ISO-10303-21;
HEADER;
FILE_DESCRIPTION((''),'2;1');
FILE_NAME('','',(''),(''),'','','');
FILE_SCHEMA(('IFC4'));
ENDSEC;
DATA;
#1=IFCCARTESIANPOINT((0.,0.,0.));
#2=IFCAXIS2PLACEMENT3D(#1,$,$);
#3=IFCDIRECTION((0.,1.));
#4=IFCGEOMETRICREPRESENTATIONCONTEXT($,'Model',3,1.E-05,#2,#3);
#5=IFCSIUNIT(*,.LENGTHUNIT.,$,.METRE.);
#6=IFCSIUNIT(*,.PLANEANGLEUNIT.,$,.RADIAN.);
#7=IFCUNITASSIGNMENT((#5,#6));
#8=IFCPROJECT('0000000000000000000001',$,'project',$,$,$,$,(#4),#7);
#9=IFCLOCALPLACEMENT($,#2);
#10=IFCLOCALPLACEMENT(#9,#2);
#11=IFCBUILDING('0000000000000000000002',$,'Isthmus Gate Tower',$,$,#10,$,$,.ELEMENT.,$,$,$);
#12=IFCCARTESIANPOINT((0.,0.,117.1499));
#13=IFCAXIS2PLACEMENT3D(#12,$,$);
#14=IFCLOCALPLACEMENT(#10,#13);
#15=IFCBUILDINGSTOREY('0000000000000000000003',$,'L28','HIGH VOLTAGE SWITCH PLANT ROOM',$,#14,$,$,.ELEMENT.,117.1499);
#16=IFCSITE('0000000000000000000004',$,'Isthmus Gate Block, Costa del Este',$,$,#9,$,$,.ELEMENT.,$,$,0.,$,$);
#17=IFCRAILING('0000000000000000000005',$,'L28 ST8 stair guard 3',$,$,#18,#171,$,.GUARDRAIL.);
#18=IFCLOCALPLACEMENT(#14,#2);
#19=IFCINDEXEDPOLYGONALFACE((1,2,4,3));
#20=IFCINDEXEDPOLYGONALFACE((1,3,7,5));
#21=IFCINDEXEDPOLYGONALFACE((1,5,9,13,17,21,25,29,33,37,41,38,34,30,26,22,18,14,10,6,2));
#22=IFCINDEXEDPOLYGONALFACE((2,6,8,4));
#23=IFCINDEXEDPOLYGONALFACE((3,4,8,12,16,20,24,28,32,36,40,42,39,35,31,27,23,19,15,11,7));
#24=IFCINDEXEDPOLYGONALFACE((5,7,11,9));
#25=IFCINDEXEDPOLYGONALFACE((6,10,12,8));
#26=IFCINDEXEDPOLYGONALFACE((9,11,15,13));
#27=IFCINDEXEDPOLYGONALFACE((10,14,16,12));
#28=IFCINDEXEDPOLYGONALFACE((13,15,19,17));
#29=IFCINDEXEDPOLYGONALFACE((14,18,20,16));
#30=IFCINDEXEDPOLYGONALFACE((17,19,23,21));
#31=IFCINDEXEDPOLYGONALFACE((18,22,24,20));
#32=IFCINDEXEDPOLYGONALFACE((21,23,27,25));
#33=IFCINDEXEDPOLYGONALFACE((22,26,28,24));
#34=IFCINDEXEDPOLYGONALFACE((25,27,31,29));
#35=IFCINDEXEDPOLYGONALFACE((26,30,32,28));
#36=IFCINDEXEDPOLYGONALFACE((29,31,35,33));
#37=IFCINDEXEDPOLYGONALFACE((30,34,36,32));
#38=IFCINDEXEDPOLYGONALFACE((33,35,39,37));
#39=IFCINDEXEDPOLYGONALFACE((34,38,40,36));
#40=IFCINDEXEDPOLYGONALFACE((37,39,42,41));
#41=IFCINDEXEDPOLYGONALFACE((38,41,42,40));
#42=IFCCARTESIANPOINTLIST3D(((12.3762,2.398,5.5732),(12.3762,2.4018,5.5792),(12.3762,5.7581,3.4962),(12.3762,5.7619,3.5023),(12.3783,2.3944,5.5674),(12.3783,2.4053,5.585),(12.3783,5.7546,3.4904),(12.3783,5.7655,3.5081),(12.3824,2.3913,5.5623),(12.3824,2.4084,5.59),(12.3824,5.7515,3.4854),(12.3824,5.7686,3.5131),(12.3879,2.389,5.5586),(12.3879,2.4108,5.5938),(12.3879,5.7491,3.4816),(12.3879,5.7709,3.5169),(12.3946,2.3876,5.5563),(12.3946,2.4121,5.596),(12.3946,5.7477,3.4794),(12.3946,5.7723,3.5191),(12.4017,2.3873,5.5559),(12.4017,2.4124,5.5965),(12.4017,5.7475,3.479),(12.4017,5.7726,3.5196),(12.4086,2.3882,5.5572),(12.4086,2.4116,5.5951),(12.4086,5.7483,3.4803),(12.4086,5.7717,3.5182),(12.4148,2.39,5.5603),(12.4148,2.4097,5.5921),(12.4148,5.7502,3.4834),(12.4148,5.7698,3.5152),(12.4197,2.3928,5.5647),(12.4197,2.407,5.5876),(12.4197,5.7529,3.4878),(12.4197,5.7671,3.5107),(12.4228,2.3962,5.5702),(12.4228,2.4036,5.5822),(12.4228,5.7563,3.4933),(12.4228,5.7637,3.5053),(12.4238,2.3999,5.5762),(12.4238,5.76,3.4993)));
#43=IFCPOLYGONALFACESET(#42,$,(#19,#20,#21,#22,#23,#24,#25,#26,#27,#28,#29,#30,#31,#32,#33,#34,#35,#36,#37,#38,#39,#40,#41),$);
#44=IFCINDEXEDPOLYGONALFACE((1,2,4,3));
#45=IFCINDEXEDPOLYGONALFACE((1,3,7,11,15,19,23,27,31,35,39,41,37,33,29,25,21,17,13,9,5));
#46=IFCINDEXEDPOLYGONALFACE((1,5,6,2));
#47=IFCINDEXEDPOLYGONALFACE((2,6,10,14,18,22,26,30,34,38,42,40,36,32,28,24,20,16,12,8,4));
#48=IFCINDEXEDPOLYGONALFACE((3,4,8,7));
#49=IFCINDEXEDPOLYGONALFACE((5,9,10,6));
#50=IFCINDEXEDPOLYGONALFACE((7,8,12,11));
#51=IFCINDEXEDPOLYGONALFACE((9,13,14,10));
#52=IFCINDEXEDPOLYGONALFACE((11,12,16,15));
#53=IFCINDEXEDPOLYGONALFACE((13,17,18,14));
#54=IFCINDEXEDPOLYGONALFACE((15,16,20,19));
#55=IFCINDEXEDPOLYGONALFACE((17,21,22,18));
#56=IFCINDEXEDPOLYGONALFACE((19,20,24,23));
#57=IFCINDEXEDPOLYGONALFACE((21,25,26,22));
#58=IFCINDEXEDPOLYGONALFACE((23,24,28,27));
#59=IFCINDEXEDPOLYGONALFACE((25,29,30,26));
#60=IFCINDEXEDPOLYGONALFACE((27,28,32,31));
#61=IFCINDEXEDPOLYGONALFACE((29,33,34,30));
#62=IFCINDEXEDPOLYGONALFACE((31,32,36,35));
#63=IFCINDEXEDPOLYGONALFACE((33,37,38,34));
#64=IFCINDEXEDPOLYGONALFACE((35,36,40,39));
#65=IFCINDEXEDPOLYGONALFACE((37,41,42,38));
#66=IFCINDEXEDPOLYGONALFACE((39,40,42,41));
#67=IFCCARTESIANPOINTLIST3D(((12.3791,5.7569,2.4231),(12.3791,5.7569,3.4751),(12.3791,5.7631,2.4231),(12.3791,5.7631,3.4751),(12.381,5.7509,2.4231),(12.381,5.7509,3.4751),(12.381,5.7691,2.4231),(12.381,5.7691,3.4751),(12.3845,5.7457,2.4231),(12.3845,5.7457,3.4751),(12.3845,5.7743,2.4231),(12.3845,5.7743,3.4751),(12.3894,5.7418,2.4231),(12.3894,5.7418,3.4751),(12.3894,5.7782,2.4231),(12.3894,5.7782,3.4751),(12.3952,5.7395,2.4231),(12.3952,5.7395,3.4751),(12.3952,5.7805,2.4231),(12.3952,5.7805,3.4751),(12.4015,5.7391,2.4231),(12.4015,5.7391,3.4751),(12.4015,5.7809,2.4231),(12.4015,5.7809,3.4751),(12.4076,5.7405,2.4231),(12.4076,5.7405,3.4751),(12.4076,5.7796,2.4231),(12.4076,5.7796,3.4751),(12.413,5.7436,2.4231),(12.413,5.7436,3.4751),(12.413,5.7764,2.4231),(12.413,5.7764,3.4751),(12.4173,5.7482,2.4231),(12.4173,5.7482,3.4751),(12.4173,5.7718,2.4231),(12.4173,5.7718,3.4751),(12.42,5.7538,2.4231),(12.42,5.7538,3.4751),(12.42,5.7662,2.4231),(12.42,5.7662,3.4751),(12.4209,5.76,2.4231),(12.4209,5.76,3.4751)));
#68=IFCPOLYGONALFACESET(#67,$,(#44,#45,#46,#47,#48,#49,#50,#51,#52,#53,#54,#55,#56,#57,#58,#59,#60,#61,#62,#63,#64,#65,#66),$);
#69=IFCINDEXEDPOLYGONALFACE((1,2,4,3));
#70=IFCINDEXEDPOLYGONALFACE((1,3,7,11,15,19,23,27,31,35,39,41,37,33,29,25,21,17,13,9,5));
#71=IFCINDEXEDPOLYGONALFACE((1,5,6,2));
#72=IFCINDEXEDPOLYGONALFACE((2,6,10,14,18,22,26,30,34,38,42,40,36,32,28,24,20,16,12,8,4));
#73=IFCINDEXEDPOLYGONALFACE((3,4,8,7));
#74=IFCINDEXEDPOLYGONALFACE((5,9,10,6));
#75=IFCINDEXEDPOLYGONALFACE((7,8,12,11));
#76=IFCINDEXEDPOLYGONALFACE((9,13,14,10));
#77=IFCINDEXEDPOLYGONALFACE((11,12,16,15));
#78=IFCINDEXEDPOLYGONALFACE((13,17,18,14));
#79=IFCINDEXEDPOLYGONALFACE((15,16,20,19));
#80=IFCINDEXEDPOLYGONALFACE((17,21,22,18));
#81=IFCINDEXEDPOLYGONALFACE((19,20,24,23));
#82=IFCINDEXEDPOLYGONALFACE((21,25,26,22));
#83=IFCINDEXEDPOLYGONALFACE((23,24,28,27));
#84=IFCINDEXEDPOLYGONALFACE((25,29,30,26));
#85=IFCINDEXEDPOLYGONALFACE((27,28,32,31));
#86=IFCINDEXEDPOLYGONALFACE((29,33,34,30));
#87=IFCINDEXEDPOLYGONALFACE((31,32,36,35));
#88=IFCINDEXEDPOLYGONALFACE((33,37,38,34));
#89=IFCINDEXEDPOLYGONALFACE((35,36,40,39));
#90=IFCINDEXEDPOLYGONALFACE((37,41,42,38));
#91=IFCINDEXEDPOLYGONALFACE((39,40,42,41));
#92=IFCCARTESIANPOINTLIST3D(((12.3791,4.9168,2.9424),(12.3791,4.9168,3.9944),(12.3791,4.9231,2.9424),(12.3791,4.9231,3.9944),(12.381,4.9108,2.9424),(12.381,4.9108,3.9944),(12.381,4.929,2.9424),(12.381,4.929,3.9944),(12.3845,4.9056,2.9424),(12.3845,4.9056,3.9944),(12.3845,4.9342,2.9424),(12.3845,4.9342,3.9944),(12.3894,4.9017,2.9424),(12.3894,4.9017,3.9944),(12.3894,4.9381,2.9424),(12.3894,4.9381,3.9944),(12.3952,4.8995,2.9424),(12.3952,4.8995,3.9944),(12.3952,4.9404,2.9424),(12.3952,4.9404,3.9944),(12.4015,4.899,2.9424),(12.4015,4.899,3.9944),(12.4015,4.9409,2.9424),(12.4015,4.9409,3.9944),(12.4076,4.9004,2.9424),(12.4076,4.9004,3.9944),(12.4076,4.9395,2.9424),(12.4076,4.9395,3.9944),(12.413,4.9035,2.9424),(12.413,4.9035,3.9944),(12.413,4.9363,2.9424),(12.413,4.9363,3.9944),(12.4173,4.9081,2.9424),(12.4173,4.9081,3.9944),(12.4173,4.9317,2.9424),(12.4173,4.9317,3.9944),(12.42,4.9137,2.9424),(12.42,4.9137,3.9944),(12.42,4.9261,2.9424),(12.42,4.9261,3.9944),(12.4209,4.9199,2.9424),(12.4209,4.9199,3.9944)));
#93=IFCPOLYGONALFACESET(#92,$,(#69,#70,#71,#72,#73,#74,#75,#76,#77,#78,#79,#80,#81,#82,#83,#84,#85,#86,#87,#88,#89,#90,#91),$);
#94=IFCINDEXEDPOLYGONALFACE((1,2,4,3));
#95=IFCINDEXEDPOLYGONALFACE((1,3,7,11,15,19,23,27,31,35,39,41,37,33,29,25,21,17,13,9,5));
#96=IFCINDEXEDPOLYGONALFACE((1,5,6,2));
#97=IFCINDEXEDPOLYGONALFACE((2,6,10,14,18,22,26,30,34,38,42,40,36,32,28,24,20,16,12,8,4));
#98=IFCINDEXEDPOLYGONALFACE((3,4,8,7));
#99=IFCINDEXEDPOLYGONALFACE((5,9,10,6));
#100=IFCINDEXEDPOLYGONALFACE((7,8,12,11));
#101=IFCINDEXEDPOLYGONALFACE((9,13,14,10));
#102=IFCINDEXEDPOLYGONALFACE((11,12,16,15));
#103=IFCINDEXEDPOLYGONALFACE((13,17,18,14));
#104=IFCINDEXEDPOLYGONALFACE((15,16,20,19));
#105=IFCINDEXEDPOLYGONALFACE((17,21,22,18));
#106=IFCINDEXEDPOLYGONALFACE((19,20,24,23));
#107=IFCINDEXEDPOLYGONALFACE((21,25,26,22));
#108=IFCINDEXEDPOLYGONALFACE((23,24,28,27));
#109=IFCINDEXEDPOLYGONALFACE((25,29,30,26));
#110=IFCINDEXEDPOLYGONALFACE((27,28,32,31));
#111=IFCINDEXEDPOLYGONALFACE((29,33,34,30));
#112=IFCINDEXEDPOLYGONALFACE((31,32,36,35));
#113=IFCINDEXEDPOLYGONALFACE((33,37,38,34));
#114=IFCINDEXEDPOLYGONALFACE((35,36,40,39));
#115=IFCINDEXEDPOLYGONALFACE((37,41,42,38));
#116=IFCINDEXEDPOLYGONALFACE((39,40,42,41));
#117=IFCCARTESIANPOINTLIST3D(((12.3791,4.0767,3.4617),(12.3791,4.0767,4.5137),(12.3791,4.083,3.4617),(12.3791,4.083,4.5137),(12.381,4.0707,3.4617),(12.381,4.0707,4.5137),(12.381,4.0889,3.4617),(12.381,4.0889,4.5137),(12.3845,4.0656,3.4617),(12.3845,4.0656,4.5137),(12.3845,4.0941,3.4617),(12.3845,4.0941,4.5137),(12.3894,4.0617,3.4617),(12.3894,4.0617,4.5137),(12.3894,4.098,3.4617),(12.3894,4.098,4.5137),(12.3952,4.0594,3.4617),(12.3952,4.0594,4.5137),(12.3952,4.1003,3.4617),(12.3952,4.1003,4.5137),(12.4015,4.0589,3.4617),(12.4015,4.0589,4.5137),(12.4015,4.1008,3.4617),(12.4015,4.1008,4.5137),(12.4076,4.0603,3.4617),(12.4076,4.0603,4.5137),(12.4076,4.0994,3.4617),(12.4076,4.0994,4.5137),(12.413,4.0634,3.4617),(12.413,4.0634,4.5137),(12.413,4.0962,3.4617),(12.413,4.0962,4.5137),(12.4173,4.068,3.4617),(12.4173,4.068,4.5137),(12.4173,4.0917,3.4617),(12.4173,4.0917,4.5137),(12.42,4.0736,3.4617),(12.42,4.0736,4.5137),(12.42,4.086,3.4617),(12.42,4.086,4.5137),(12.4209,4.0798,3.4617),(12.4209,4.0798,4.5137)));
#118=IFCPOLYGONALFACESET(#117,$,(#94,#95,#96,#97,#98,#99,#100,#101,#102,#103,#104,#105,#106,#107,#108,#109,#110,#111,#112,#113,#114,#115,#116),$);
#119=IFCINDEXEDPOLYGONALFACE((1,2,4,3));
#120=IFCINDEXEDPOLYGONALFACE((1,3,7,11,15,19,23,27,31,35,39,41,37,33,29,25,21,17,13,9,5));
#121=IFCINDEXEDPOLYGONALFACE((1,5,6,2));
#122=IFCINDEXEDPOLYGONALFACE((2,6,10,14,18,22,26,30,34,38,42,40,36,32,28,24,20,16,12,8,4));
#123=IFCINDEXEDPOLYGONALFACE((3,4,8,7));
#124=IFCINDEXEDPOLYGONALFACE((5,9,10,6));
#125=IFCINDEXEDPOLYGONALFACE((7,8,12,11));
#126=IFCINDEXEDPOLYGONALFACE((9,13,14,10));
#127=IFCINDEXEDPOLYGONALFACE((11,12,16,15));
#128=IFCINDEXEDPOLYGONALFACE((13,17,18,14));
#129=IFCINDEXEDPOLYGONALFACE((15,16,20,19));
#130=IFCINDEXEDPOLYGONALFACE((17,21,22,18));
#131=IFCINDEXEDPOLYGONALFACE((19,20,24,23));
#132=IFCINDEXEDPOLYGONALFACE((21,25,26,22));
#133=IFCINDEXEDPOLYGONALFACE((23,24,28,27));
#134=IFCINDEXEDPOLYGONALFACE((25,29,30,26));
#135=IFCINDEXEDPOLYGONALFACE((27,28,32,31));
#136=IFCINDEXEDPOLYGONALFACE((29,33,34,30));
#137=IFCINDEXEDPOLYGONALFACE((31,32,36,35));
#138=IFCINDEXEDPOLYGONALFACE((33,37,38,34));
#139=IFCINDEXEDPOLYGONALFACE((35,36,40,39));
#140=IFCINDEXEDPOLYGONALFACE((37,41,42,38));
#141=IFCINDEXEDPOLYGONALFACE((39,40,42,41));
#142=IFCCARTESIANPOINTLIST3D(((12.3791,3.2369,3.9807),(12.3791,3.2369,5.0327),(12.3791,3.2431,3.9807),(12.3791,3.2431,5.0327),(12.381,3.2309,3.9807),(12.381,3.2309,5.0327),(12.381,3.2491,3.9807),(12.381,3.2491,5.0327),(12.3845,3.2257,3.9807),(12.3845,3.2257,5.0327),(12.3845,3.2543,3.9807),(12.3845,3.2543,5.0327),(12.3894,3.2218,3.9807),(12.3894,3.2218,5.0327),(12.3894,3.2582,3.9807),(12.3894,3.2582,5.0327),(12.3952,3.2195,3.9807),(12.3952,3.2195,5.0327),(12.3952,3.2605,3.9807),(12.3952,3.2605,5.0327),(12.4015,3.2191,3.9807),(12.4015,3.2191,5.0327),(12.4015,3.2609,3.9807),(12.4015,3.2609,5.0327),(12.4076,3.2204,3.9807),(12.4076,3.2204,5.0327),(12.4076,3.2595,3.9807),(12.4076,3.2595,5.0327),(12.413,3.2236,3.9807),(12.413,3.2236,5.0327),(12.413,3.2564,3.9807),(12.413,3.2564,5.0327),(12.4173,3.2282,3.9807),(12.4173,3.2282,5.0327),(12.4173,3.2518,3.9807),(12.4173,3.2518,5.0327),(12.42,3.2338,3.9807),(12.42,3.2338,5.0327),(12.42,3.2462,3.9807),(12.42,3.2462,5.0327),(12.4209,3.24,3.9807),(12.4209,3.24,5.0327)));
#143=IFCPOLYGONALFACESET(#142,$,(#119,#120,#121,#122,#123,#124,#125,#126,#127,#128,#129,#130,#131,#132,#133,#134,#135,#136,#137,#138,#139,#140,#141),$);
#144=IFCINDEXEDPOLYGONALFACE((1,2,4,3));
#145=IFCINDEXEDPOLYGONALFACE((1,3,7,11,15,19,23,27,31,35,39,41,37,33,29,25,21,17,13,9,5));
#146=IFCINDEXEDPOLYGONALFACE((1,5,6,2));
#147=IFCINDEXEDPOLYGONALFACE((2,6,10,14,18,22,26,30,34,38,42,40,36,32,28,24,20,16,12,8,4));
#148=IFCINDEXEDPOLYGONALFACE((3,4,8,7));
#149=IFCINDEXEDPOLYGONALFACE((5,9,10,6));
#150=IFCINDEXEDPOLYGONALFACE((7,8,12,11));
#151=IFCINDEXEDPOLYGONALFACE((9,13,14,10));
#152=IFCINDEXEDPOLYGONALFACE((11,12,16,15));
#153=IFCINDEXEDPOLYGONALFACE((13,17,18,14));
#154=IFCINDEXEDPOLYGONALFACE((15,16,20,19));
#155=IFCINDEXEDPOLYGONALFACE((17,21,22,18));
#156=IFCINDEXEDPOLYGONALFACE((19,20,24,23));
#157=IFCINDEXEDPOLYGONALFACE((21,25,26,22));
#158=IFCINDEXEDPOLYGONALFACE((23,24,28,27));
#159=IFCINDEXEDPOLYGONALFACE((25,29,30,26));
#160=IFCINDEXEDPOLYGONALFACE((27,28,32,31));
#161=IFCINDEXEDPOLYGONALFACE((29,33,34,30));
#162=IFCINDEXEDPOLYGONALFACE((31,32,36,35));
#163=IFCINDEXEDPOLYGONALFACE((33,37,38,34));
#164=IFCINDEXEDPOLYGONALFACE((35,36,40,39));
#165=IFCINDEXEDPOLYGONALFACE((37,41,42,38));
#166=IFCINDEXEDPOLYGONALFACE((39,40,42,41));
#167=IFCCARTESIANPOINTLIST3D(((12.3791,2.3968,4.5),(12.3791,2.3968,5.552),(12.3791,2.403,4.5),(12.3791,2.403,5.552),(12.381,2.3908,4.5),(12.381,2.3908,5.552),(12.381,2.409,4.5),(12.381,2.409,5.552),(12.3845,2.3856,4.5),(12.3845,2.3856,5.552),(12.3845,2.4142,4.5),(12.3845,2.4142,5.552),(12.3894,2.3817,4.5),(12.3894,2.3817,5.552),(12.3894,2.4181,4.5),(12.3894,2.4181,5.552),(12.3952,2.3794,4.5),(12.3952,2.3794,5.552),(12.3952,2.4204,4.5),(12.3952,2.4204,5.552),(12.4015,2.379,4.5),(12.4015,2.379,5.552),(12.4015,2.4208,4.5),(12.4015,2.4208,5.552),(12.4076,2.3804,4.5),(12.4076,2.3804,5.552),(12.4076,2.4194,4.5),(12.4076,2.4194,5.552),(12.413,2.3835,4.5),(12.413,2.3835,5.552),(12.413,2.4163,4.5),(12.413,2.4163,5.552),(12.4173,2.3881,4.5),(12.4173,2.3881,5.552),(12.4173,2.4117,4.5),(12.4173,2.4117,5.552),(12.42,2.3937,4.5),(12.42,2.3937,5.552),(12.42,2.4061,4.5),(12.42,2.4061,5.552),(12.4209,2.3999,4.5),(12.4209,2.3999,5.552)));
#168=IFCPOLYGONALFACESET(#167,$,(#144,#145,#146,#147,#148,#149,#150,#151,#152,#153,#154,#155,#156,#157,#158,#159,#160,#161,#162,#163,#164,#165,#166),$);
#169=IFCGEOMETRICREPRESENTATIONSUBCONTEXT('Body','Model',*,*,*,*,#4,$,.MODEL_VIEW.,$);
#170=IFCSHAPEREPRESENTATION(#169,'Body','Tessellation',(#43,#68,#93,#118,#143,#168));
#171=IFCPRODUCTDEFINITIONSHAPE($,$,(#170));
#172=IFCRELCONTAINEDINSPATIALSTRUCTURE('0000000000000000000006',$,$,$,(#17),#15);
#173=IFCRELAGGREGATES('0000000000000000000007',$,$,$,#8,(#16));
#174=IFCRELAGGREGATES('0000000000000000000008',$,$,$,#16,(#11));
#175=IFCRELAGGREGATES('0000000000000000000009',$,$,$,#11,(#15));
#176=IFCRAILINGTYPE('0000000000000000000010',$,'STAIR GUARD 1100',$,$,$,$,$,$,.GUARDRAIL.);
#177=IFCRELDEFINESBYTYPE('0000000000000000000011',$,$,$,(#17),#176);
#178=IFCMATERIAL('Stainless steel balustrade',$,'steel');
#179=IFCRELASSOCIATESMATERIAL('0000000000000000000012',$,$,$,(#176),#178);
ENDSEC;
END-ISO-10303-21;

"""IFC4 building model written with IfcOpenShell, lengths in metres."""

from ifc_helpers import new_model, si_unit, direction, frame, origin, origin_2d, place, context, subcontext, project, spatial, circle, extrude, material, type_object, element, save


model = new_model("IFC4")

# Units and contexts
model_context = context("Model", 3, precision=1e-05, world=origin(), true_north=direction((0.0, 1.0)))
body_context = subcontext(model_context, "Body", "Model", "MODEL_VIEW")
ifc_project = project(units=[si_unit("LENGTHUNIT", "METRE"), si_unit("PLANEANGLEUNIT", "RADIAN")], contexts=[model_context])

# Site, building, storey
site_placement = place(None, origin())
site = spatial("IfcSite", under=ifc_project, at=site_placement, Name="Isthmus Gate Block, Costa del Este", CompositionType="ELEMENT", RefElevation=0.0)
building_placement = place(site_placement, origin())
building = spatial("IfcBuilding", under=site, at=building_placement, Name="Isthmus Gate Tower", CompositionType="ELEMENT")
storey_placement = place(building_placement, frame((0.0, 0.0, 117.1499)))
storey = spatial("IfcBuildingStorey", under=building, at=storey_placement, Name="L28", Description="HIGH VOLTAGE SWITCH PLANT ROOM", CompositionType="ELEMENT", Elevation=117.1499)

# Railing
ifc_material_1 = material(Name="Stainless steel balustrade", Category="steel")
railing_type_1 = type_object("IfcRailingType", Name="STAIR GUARD 1100", PredefinedType="GUARDRAIL", material=ifc_material_1)
railing_1_placement = place(storey_placement, frame((12.3999, 5.76, 2.4231)))
element("IfcRailing", 1, at=railing_1_placement, inside=storey, type_object=railing_type_1, Name="L28 ST8 stair guard 3", PredefinedType="GUARDRAIL", context=body_context, shape_type="SweptSolid", body=[
    extrude(circle(Radius=0.0239, at=origin_2d()), frame((0.0, 0.0, 1.0762), z_axis=(0.0, -0.850623, 0.525776), x_axis=(1.0, 0.0, 0.0)), (0.0, 0.0, 1.0), 3.9502),
    extrude(circle(Radius=0.021, at=origin_2d()), origin(), (0.0, 0.0, 1.0), 1.052),
    extrude(circle(Radius=0.021, at=origin_2d()), frame((0.0, -0.8401, 0.5193)), (0.0, 0.0, 1.0), 1.052),
    extrude(circle(Radius=0.021, at=origin_2d()), frame((0.0, -1.6802, 1.0386)), (0.0, 0.0, 1.0), 1.052),
    extrude(circle(Radius=0.021, at=origin_2d()), frame((0.0, -2.52, 1.5576)), (0.0, 0.0, 1.0), 1.052),
    extrude(circle(Radius=0.021, at=origin_2d()), frame((0.0, -3.3601, 2.0769)), (0.0, 0.0, 1.0), 1.052),
])

save(model, "model.ifc")
